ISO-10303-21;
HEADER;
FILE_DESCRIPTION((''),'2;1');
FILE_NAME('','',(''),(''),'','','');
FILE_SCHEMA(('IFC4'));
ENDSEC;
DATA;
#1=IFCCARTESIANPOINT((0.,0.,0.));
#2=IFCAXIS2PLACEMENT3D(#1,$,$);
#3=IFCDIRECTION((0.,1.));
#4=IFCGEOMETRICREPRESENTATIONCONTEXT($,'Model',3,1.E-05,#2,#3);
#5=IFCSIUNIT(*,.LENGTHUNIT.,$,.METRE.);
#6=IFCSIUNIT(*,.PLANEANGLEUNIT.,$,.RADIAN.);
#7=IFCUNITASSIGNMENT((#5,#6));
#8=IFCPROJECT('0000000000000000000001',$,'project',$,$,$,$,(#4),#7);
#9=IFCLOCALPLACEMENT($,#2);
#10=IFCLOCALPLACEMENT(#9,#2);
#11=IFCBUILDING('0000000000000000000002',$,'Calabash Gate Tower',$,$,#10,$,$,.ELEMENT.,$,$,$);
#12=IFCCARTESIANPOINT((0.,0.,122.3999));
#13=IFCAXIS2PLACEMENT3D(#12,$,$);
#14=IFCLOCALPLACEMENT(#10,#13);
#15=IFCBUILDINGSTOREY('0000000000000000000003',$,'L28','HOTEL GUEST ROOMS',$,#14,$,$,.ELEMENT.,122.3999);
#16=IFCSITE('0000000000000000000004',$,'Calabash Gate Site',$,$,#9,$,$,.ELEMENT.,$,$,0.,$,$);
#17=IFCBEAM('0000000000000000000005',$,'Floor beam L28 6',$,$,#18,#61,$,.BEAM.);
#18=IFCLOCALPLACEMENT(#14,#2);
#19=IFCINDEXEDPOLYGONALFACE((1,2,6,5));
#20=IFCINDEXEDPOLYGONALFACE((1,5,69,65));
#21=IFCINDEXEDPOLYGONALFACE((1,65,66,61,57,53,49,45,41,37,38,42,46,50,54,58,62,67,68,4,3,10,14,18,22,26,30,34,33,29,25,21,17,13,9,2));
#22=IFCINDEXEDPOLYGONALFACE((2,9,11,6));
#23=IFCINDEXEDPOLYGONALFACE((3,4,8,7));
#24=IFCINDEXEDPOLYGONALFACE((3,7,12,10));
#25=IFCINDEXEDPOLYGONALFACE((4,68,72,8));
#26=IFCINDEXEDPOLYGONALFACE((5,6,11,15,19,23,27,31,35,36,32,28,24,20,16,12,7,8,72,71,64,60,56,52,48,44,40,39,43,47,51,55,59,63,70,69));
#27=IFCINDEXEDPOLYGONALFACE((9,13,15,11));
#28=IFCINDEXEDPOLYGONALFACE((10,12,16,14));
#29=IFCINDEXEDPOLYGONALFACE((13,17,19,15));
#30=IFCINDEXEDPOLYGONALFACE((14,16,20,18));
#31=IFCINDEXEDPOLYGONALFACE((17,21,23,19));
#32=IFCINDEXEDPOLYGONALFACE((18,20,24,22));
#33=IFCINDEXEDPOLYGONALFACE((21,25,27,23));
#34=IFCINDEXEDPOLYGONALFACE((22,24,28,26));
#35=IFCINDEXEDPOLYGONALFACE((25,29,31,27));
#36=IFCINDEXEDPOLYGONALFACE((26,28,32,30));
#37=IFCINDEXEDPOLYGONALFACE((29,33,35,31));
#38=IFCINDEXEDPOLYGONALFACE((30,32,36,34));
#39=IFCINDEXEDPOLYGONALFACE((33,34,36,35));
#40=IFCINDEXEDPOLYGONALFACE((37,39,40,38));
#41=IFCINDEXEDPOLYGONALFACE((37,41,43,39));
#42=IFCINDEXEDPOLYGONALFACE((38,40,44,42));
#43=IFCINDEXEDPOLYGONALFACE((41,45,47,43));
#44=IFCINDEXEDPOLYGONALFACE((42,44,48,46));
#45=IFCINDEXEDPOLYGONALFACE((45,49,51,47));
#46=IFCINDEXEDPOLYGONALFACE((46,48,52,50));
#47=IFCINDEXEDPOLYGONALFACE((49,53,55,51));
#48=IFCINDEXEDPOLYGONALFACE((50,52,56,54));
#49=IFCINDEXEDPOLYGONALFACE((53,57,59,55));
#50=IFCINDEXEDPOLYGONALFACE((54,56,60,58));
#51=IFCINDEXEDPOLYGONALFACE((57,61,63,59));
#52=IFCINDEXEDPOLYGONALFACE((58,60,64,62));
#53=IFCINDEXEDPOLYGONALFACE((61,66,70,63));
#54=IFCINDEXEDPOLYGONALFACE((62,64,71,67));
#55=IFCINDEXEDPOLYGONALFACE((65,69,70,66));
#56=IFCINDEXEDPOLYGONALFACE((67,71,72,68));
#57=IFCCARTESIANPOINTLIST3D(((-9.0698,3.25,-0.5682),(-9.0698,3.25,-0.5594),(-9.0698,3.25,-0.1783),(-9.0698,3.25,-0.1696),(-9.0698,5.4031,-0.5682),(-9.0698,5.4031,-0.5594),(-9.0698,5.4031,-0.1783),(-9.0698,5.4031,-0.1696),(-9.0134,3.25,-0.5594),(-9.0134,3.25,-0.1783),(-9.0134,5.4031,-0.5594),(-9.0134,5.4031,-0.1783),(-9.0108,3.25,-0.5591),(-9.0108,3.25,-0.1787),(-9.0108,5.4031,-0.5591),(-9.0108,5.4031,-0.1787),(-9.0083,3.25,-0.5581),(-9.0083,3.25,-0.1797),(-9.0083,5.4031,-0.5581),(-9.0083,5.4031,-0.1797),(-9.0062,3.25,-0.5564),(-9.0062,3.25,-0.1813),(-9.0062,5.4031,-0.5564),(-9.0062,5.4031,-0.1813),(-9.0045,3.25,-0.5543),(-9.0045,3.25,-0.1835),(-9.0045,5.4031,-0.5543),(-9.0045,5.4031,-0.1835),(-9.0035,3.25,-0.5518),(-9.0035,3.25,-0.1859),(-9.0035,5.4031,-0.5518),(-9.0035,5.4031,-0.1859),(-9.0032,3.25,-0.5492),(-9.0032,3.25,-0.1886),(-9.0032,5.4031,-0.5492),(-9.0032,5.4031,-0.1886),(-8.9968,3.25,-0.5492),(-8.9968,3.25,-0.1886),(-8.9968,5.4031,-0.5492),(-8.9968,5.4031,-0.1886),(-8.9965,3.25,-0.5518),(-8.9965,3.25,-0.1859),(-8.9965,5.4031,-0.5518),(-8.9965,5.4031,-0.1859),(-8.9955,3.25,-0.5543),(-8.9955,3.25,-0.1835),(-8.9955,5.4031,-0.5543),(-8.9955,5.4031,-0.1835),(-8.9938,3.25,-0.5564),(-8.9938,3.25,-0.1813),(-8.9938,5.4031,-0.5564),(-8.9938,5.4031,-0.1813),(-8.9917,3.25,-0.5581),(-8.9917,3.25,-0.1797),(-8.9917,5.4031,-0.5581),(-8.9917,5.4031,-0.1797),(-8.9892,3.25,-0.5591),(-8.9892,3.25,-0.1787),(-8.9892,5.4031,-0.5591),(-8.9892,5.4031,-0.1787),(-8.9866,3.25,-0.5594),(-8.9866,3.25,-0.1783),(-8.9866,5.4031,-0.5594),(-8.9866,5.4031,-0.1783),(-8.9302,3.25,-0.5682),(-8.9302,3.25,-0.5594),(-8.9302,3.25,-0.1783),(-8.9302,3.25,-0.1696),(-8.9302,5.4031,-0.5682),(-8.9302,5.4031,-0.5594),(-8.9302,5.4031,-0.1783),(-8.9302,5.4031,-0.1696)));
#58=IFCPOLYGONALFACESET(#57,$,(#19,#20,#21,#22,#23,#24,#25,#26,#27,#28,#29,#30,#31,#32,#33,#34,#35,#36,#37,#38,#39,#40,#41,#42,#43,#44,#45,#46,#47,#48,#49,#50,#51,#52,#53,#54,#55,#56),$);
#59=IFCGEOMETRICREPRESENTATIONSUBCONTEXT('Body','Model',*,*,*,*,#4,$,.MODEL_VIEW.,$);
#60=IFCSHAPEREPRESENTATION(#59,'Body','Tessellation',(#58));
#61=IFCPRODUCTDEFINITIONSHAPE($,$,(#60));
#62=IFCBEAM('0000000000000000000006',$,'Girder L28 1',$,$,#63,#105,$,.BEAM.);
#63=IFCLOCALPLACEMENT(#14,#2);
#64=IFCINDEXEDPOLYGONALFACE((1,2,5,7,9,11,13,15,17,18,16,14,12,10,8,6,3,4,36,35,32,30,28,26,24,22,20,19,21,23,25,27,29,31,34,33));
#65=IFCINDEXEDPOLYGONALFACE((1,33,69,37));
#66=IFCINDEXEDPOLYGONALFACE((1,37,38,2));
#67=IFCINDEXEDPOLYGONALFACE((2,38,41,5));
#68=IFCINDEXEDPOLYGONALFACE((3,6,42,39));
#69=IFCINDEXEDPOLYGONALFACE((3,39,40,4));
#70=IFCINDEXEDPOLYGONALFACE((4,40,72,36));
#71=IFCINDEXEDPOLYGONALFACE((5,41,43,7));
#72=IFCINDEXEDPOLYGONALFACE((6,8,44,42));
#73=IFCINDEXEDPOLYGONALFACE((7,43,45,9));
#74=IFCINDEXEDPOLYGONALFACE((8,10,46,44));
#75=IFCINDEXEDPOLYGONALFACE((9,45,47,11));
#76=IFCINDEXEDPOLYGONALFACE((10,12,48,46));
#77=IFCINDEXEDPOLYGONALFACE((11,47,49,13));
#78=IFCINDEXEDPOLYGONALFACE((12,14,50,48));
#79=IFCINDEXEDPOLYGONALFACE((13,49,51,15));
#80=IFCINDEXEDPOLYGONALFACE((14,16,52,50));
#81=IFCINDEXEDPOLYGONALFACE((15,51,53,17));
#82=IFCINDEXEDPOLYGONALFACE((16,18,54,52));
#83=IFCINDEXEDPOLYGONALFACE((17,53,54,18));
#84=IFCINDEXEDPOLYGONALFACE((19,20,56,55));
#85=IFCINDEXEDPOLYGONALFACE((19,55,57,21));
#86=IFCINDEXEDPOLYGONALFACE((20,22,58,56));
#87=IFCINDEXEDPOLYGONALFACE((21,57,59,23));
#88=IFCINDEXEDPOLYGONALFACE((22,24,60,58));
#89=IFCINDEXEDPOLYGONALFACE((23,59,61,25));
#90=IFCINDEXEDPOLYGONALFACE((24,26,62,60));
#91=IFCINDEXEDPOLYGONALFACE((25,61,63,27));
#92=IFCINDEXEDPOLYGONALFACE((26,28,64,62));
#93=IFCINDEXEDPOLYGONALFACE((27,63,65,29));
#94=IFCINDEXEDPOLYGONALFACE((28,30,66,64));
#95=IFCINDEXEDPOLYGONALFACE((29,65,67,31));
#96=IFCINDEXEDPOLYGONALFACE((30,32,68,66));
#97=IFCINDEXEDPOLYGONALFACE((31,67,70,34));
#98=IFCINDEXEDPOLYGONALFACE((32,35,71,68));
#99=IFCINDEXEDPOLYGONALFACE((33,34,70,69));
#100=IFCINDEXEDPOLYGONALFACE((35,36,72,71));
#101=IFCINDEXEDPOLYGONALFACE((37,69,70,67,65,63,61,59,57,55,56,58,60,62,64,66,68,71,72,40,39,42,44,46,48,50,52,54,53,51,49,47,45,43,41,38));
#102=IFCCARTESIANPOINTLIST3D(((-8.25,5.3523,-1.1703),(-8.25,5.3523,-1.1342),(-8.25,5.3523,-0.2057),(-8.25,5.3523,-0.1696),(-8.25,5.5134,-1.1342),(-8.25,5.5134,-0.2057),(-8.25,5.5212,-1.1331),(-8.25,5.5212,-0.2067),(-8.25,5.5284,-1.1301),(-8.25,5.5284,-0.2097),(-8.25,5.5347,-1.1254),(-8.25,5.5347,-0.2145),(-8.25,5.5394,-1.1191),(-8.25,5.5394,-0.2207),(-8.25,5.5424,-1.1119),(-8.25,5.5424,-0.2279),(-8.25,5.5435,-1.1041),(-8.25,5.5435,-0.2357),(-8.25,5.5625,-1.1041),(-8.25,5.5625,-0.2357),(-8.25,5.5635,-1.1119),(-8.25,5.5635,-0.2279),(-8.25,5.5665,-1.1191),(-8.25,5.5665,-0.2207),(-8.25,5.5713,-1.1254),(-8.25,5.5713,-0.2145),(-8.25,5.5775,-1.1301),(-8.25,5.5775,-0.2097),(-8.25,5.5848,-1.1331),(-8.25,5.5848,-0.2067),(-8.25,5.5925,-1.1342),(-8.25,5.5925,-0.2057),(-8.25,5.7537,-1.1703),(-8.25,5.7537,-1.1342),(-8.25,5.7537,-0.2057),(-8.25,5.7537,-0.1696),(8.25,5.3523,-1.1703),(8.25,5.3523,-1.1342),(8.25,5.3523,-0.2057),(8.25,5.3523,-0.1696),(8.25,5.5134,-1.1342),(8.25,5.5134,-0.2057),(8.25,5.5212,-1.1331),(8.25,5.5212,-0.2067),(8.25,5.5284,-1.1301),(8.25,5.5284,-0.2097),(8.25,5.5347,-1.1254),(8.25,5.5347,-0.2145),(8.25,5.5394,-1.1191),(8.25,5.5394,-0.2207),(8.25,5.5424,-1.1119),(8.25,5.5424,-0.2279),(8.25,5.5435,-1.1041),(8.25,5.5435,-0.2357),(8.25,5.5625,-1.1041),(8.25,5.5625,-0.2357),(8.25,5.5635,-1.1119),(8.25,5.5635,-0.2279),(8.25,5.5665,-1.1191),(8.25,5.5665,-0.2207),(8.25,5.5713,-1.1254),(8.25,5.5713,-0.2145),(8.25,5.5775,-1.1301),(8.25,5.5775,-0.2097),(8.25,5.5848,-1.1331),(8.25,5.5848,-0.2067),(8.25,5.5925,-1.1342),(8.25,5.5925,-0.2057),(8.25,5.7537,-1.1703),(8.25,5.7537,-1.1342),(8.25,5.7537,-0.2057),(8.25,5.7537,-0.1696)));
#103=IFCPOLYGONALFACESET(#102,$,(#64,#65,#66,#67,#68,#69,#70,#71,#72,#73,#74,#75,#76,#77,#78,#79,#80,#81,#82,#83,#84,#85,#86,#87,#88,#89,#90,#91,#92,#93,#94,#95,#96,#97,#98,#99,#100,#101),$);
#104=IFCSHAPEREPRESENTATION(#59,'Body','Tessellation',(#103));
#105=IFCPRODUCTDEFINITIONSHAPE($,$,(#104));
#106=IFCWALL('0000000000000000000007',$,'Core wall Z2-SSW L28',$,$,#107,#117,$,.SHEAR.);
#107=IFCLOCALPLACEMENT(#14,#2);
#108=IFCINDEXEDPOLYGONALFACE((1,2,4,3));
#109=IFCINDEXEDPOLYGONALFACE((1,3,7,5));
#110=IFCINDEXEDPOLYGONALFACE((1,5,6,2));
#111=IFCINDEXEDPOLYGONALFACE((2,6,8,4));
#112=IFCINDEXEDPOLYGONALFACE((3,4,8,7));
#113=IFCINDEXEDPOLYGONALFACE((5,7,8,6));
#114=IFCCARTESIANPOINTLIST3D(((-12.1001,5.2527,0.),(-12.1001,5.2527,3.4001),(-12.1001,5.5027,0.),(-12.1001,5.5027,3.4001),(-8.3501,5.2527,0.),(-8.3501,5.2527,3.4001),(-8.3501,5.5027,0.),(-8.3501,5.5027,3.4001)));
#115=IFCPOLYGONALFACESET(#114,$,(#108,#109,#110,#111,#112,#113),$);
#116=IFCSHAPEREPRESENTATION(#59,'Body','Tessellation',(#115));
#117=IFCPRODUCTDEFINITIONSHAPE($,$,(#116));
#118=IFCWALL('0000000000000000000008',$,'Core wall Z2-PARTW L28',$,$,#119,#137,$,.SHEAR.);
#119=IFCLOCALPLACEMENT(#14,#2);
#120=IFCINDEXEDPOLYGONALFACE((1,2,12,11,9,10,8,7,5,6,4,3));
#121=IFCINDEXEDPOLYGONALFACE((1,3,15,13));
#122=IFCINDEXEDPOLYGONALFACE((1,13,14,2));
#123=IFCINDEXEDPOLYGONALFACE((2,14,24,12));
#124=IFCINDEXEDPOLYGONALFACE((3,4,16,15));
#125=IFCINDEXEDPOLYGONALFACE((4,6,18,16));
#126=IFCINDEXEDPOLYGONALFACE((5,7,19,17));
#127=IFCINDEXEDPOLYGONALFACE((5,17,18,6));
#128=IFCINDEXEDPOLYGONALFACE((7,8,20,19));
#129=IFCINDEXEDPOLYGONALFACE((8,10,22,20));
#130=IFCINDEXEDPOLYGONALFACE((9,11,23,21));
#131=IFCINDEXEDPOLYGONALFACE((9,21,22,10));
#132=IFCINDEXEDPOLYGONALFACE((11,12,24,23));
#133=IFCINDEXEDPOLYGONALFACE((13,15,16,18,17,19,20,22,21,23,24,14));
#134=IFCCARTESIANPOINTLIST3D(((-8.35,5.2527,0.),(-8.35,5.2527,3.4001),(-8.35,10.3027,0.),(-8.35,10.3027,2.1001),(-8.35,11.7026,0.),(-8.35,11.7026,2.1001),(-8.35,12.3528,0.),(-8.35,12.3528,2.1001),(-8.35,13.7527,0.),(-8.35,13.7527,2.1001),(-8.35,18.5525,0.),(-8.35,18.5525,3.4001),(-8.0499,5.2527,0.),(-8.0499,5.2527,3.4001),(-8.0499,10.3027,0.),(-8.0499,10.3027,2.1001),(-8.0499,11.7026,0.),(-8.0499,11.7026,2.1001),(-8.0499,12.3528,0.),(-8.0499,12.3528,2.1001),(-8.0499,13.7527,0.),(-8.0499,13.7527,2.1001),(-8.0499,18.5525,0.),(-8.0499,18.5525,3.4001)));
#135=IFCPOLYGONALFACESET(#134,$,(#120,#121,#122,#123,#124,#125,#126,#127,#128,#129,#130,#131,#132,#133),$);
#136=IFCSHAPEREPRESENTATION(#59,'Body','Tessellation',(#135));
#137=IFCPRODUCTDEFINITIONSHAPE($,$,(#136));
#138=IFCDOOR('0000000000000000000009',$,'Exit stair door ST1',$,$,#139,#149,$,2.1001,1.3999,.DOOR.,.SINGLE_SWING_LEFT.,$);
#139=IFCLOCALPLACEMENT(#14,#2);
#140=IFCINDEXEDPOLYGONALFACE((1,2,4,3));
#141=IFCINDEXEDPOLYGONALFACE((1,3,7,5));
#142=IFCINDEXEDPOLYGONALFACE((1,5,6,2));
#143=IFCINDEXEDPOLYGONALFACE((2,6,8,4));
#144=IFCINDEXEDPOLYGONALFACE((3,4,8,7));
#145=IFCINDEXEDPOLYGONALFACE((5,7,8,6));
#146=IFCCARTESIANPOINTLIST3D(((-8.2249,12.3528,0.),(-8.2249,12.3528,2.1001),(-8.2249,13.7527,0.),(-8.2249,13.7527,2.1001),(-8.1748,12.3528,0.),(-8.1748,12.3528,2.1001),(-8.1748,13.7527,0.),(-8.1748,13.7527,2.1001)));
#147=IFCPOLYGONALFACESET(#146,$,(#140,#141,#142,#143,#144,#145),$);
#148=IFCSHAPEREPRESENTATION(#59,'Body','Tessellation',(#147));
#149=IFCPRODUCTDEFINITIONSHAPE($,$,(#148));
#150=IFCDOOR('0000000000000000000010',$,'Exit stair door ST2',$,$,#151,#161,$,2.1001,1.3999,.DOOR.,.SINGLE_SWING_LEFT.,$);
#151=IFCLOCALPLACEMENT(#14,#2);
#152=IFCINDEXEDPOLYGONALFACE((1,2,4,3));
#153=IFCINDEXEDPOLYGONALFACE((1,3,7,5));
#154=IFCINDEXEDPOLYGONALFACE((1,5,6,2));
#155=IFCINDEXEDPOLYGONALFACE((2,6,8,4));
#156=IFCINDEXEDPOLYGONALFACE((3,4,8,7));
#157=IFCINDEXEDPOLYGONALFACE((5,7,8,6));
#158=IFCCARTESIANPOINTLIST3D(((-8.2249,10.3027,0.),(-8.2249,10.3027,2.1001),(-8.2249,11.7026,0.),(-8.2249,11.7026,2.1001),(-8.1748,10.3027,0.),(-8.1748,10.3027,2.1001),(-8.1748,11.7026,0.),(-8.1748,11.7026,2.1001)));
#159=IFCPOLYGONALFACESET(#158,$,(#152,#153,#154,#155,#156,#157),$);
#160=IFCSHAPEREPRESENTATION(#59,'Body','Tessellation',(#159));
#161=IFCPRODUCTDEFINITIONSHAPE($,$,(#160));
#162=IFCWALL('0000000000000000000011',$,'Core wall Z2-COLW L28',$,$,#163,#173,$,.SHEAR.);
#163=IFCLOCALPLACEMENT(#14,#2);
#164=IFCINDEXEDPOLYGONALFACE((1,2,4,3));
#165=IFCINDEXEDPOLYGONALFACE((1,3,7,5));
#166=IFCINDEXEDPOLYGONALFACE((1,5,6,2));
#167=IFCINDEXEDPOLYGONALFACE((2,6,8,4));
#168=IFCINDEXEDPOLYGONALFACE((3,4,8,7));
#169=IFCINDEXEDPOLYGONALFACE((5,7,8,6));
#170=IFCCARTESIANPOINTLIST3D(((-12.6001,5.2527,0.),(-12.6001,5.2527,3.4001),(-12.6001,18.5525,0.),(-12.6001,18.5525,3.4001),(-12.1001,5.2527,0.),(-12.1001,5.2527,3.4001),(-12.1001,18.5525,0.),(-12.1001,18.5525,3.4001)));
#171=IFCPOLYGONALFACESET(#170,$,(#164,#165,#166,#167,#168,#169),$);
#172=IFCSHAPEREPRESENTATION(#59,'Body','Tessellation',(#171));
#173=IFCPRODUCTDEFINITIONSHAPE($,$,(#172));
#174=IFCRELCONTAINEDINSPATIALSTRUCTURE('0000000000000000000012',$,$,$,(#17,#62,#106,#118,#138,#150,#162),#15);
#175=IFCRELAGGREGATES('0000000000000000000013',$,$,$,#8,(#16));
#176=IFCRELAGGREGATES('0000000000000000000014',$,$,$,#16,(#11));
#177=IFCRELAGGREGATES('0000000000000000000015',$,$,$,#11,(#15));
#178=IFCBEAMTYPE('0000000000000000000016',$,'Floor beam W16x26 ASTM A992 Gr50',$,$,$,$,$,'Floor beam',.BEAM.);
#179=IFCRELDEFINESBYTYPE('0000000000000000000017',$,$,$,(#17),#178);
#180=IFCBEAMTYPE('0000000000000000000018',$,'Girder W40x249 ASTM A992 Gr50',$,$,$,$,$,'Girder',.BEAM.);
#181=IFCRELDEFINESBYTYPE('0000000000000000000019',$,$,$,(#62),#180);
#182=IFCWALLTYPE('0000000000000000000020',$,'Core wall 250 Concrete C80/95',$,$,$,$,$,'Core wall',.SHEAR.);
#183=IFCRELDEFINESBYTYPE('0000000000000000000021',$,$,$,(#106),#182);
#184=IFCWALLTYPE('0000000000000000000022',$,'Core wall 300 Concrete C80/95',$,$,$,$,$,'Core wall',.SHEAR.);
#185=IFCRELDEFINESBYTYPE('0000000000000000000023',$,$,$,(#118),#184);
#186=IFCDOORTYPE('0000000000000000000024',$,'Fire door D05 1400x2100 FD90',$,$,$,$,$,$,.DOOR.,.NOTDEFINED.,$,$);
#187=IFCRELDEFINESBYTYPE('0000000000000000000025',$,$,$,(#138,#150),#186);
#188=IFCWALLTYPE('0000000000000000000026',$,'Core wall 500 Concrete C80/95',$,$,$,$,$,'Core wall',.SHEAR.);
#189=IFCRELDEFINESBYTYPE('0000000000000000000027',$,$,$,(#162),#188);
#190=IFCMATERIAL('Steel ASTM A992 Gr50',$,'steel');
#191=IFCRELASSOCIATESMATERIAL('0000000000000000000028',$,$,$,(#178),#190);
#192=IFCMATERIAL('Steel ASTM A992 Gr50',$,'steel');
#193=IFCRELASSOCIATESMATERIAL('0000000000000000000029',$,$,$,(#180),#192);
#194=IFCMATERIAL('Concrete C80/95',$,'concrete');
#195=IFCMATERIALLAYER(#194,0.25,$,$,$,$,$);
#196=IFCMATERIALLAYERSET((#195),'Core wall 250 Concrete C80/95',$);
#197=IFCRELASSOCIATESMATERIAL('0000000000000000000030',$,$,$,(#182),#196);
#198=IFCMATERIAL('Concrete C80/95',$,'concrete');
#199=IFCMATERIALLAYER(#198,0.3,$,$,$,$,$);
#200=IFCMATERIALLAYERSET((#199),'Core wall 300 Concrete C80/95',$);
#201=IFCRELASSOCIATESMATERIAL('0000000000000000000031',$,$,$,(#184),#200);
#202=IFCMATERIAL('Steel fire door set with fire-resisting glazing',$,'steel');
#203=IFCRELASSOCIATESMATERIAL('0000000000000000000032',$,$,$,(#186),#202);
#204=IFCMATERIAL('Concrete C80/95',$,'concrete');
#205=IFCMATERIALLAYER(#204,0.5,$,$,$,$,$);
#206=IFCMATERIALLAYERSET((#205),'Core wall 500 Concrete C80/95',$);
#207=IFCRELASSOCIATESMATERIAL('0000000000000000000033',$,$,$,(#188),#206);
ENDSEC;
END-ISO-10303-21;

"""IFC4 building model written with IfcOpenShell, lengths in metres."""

from ifc_helpers import new_model, si_unit, direction, frame, frame_2d, origin, origin_2d, place, context, subcontext, project, spatial, rectangle, i_section, extrude, material, layer, layer_set, material_profile, profile_set, type_object, element, fill, save


model = new_model("IFC4")

# Units and contexts
model_context = context("Model", 3, precision=1e-05, world=origin(), true_north=direction((0.0, 1.0)))
body_context = subcontext(model_context, "Body", "Model", "MODEL_VIEW")
ifc_project = project(units=[si_unit("LENGTHUNIT", "METRE"), si_unit("PLANEANGLEUNIT", "RADIAN")], contexts=[model_context])

# Site, building, storey
site_placement = place(None, origin())
site = spatial("IfcSite", under=ifc_project, at=site_placement, Name="Calabash Gate Site", CompositionType="ELEMENT", RefElevation=0.0)
building_placement = place(site_placement, origin())
building = spatial("IfcBuilding", under=site, at=building_placement, Name="Calabash Gate Tower", CompositionType="ELEMENT")
storey_placement = place(building_placement, frame((0.0, 0.0, 122.3999)))
storey = spatial("IfcBuildingStorey", under=building, at=storey_placement, Name="L28", Description="HOTEL GUEST ROOMS", CompositionType="ELEMENT", Elevation=122.3999)

# Beams
ifc_material_1 = material(Name="Steel ASTM A992 Gr50", Category="steel")
ifc_material_profile_1 = material_profile(ifc_material_1, i_section(OverallWidth=0.1396, OverallDepth=0.3987, WebThickness=0.0063, FlangeThickness=0.0088, FilletRadius=0.0103, at=origin_2d()))
ifc_profile_set_1 = profile_set([ifc_material_profile_1], Name="Steel ASTM A992 Gr50")
beam_type_1 = type_object("IfcBeamType", Name="Floor beam W16x26 ASTM A992 Gr50", ElementType="Floor beam", PredefinedType="BEAM", material=ifc_profile_set_1)
beam_1_placement = place(storey_placement, frame((-9.0, 3.25, -0.3689), z_axis=(0.0, 1.0, 0.0), x_axis=(-1.0, 0.0, 0.0)))
element("IfcBeam", 1, at=beam_1_placement, inside=storey, type_object=beam_type_1, Name="Floor beam L28 6", PredefinedType="BEAM", context=body_context, shape_type="SweptSolid", body=[
    extrude(i_section(OverallWidth=0.1396, OverallDepth=0.3987, WebThickness=0.0063, FlangeThickness=0.0088, FilletRadius=0.0103, at=origin_2d()), origin(), (0.0, 0.0, 1.0), 2.1531),
])
ifc_material_2 = material(Name="Steel ASTM A992 Gr50", Category="steel")
ifc_material_profile_2 = material_profile(ifc_material_2, i_section(OverallWidth=0.4014, OverallDepth=1.0007, WebThickness=0.019, FlangeThickness=0.0361, FilletRadius=0.03, at=origin_2d()))
ifc_profile_set_2 = profile_set([ifc_material_profile_2], Name="Steel ASTM A992 Gr50")
beam_type_2 = type_object("IfcBeamType", Name="Girder W40x249 ASTM A992 Gr50", ElementType="Girder", PredefinedType="BEAM", material=ifc_profile_set_2)
beam_2_placement = place(storey_placement, frame((-8.25, 5.553, -0.6699), z_axis=(1.0, 0.0, 0.0), x_axis=(0.0, 1.0, 0.0)))
element("IfcBeam", 2, at=beam_2_placement, inside=storey, type_object=beam_type_2, Name="Girder L28 1", PredefinedType="BEAM", context=body_context, shape_type="SweptSolid", body=[
    extrude(i_section(OverallWidth=0.4014, OverallDepth=1.0007, WebThickness=0.019, FlangeThickness=0.0361, FilletRadius=0.03, at=origin_2d()), origin(), (0.0, 0.0, 1.0), 16.5),
])

# Wall
ifc_material_3 = material(Name="Concrete C80/95", Category="concrete")
ifc_layer_1 = layer(ifc_material_3, 0.25)
ifc_layer_set_1 = layer_set([ifc_layer_1], Name="Core wall 250 Concrete C80/95")
wall_type_1 = type_object("IfcWallType", Name="Core wall 250 Concrete C80/95", ElementType="Core wall", PredefinedType="SHEAR", material=ifc_layer_set_1)
wall_1_placement = place(storey_placement, frame((-12.1001, 5.3777, 0.0), z_axis=(0.0, 0.0, 1.0), x_axis=(1.0, 0.0, 0.0)))
element("IfcWall", 3, at=wall_1_placement, inside=storey, type_object=wall_type_1, Name="Core wall Z2-SSW L28", PredefinedType="SHEAR", context=body_context, shape_type="SweptSolid", body=[
    extrude(rectangle(XDim=3.75, YDim=0.25, at=frame_2d((1.875, 0.0))), origin(), (0.0, 0.0, 1.0), 3.4001),
])

# Wall, openings, doors
ifc_material_4 = material(Name="Concrete C80/95", Category="concrete")
ifc_layer_2 = layer(ifc_material_4, 0.3)
ifc_layer_set_2 = layer_set([ifc_layer_2], Name="Core wall 300 Concrete C80/95")
wall_type_2 = type_object("IfcWallType", Name="Core wall 300 Concrete C80/95", ElementType="Core wall", PredefinedType="SHEAR", material=ifc_layer_set_2)
wall_2_placement = place(storey_placement, frame((-8.2, 5.2527, 0.0), z_axis=(0.0, 0.0, 1.0), x_axis=(0.0, 1.0, 0.0)))
wall_2 = element("IfcWall", 4, at=wall_2_placement, inside=storey, type_object=wall_type_2, Name="Core wall Z2-PARTW L28", PredefinedType="SHEAR", context=body_context, shape_type="SweptSolid", body=[
    extrude(rectangle(XDim=13.2998, YDim=0.3, at=frame_2d((6.6499, 0.0))), origin(), (0.0, 0.0, 1.0), 3.4001),
])
opening_1_placement = place(wall_2_placement, frame((7.1001, 0.0, 0.0)))
opening_1 = element("IfcOpeningElement", 5, at=opening_1_placement, cuts=wall_2, PredefinedType="OPENING", context=body_context, shape_type="SweptSolid", body=[
    extrude(rectangle(XDim=1.3999, YDim=2.1001, at=frame_2d((0.7, 1.05))), frame((0.0, 0.1599, 0.0), z_axis=(0.0, -1.0, 0.0), x_axis=(1.0, 0.0, 0.0)), (0.0, 0.0, 1.0), 0.3201),
])
opening_2_placement = place(wall_2_placement, frame((5.05, 0.0, 0.0)))
opening_2 = element("IfcOpeningElement", 6, at=opening_2_placement, cuts=wall_2, PredefinedType="OPENING", context=body_context, shape_type="SweptSolid", body=[
    extrude(rectangle(XDim=1.3999, YDim=2.1001, at=frame_2d((0.7, 1.05))), frame((0.0, 0.1599, 0.0), z_axis=(0.0, -1.0, 0.0), x_axis=(1.0, 0.0, 0.0)), (0.0, 0.0, 1.0), 0.3201),
])
ifc_material_5 = material(Name="Steel fire door set with fire-resisting glazing", Category="steel")
door_type_1 = type_object("IfcDoorType", Name="Fire door D05 1400x2100 FD90", OperationType="NOTDEFINED", PredefinedType="DOOR", material=ifc_material_5)
door_1_placement = place(opening_1_placement, origin())
door_1 = element("IfcDoor", 7, at=door_1_placement, inside=storey, type_object=door_type_1, Name="Exit stair door ST1", OperationType="SINGLE_SWING_LEFT", OverallHeight=2.1001, OverallWidth=1.3999, PredefinedType="DOOR", context=body_context, shape_type="SweptSolid", body=[
    extrude(rectangle(XDim=1.3999, YDim=2.1001, at=frame_2d((0.7, 1.05))), frame((0.0, 0.0249, 0.0), z_axis=(0.0, -1.0, 0.0), x_axis=(1.0, 0.0, 0.0)), (0.0, 0.0, 1.0), 0.05),
])
fill(opening_1, door_1)
door_2_placement = place(opening_2_placement, origin())
door_2 = element("IfcDoor", 8, at=door_2_placement, inside=storey, type_object=door_type_1, Name="Exit stair door ST2", OperationType="SINGLE_SWING_LEFT", OverallHeight=2.1001, OverallWidth=1.3999, PredefinedType="DOOR", context=body_context, shape_type="SweptSolid", body=[
    extrude(rectangle(XDim=1.3999, YDim=2.1001, at=frame_2d((0.7, 1.05))), frame((0.0, 0.0249, 0.0), z_axis=(0.0, -1.0, 0.0), x_axis=(1.0, 0.0, 0.0)), (0.0, 0.0, 1.0), 0.05),
])
fill(opening_2, door_2)

# Wall
ifc_material_6 = material(Name="Concrete C80/95", Category="concrete")
ifc_layer_3 = layer(ifc_material_6, 0.5)
ifc_layer_set_3 = layer_set([ifc_layer_3], Name="Core wall 500 Concrete C80/95")
wall_type_3 = type_object("IfcWallType", Name="Core wall 500 Concrete C80/95", ElementType="Core wall", PredefinedType="SHEAR", material=ifc_layer_set_3)
wall_3_placement = place(storey_placement, frame((-12.3501, 5.2527, 0.0), z_axis=(0.0, 0.0, 1.0), x_axis=(0.0, 1.0, 0.0)))
element("IfcWall", 9, at=wall_3_placement, inside=storey, type_object=wall_type_3, Name="Core wall Z2-COLW L28", PredefinedType="SHEAR", context=body_context, shape_type="SweptSolid", body=[
    extrude(rectangle(XDim=13.2998, YDim=0.5, at=frame_2d((6.6499, 0.0))), origin(), (0.0, 0.0, 1.0), 3.4001),
])

save(model, "model.ifc")
